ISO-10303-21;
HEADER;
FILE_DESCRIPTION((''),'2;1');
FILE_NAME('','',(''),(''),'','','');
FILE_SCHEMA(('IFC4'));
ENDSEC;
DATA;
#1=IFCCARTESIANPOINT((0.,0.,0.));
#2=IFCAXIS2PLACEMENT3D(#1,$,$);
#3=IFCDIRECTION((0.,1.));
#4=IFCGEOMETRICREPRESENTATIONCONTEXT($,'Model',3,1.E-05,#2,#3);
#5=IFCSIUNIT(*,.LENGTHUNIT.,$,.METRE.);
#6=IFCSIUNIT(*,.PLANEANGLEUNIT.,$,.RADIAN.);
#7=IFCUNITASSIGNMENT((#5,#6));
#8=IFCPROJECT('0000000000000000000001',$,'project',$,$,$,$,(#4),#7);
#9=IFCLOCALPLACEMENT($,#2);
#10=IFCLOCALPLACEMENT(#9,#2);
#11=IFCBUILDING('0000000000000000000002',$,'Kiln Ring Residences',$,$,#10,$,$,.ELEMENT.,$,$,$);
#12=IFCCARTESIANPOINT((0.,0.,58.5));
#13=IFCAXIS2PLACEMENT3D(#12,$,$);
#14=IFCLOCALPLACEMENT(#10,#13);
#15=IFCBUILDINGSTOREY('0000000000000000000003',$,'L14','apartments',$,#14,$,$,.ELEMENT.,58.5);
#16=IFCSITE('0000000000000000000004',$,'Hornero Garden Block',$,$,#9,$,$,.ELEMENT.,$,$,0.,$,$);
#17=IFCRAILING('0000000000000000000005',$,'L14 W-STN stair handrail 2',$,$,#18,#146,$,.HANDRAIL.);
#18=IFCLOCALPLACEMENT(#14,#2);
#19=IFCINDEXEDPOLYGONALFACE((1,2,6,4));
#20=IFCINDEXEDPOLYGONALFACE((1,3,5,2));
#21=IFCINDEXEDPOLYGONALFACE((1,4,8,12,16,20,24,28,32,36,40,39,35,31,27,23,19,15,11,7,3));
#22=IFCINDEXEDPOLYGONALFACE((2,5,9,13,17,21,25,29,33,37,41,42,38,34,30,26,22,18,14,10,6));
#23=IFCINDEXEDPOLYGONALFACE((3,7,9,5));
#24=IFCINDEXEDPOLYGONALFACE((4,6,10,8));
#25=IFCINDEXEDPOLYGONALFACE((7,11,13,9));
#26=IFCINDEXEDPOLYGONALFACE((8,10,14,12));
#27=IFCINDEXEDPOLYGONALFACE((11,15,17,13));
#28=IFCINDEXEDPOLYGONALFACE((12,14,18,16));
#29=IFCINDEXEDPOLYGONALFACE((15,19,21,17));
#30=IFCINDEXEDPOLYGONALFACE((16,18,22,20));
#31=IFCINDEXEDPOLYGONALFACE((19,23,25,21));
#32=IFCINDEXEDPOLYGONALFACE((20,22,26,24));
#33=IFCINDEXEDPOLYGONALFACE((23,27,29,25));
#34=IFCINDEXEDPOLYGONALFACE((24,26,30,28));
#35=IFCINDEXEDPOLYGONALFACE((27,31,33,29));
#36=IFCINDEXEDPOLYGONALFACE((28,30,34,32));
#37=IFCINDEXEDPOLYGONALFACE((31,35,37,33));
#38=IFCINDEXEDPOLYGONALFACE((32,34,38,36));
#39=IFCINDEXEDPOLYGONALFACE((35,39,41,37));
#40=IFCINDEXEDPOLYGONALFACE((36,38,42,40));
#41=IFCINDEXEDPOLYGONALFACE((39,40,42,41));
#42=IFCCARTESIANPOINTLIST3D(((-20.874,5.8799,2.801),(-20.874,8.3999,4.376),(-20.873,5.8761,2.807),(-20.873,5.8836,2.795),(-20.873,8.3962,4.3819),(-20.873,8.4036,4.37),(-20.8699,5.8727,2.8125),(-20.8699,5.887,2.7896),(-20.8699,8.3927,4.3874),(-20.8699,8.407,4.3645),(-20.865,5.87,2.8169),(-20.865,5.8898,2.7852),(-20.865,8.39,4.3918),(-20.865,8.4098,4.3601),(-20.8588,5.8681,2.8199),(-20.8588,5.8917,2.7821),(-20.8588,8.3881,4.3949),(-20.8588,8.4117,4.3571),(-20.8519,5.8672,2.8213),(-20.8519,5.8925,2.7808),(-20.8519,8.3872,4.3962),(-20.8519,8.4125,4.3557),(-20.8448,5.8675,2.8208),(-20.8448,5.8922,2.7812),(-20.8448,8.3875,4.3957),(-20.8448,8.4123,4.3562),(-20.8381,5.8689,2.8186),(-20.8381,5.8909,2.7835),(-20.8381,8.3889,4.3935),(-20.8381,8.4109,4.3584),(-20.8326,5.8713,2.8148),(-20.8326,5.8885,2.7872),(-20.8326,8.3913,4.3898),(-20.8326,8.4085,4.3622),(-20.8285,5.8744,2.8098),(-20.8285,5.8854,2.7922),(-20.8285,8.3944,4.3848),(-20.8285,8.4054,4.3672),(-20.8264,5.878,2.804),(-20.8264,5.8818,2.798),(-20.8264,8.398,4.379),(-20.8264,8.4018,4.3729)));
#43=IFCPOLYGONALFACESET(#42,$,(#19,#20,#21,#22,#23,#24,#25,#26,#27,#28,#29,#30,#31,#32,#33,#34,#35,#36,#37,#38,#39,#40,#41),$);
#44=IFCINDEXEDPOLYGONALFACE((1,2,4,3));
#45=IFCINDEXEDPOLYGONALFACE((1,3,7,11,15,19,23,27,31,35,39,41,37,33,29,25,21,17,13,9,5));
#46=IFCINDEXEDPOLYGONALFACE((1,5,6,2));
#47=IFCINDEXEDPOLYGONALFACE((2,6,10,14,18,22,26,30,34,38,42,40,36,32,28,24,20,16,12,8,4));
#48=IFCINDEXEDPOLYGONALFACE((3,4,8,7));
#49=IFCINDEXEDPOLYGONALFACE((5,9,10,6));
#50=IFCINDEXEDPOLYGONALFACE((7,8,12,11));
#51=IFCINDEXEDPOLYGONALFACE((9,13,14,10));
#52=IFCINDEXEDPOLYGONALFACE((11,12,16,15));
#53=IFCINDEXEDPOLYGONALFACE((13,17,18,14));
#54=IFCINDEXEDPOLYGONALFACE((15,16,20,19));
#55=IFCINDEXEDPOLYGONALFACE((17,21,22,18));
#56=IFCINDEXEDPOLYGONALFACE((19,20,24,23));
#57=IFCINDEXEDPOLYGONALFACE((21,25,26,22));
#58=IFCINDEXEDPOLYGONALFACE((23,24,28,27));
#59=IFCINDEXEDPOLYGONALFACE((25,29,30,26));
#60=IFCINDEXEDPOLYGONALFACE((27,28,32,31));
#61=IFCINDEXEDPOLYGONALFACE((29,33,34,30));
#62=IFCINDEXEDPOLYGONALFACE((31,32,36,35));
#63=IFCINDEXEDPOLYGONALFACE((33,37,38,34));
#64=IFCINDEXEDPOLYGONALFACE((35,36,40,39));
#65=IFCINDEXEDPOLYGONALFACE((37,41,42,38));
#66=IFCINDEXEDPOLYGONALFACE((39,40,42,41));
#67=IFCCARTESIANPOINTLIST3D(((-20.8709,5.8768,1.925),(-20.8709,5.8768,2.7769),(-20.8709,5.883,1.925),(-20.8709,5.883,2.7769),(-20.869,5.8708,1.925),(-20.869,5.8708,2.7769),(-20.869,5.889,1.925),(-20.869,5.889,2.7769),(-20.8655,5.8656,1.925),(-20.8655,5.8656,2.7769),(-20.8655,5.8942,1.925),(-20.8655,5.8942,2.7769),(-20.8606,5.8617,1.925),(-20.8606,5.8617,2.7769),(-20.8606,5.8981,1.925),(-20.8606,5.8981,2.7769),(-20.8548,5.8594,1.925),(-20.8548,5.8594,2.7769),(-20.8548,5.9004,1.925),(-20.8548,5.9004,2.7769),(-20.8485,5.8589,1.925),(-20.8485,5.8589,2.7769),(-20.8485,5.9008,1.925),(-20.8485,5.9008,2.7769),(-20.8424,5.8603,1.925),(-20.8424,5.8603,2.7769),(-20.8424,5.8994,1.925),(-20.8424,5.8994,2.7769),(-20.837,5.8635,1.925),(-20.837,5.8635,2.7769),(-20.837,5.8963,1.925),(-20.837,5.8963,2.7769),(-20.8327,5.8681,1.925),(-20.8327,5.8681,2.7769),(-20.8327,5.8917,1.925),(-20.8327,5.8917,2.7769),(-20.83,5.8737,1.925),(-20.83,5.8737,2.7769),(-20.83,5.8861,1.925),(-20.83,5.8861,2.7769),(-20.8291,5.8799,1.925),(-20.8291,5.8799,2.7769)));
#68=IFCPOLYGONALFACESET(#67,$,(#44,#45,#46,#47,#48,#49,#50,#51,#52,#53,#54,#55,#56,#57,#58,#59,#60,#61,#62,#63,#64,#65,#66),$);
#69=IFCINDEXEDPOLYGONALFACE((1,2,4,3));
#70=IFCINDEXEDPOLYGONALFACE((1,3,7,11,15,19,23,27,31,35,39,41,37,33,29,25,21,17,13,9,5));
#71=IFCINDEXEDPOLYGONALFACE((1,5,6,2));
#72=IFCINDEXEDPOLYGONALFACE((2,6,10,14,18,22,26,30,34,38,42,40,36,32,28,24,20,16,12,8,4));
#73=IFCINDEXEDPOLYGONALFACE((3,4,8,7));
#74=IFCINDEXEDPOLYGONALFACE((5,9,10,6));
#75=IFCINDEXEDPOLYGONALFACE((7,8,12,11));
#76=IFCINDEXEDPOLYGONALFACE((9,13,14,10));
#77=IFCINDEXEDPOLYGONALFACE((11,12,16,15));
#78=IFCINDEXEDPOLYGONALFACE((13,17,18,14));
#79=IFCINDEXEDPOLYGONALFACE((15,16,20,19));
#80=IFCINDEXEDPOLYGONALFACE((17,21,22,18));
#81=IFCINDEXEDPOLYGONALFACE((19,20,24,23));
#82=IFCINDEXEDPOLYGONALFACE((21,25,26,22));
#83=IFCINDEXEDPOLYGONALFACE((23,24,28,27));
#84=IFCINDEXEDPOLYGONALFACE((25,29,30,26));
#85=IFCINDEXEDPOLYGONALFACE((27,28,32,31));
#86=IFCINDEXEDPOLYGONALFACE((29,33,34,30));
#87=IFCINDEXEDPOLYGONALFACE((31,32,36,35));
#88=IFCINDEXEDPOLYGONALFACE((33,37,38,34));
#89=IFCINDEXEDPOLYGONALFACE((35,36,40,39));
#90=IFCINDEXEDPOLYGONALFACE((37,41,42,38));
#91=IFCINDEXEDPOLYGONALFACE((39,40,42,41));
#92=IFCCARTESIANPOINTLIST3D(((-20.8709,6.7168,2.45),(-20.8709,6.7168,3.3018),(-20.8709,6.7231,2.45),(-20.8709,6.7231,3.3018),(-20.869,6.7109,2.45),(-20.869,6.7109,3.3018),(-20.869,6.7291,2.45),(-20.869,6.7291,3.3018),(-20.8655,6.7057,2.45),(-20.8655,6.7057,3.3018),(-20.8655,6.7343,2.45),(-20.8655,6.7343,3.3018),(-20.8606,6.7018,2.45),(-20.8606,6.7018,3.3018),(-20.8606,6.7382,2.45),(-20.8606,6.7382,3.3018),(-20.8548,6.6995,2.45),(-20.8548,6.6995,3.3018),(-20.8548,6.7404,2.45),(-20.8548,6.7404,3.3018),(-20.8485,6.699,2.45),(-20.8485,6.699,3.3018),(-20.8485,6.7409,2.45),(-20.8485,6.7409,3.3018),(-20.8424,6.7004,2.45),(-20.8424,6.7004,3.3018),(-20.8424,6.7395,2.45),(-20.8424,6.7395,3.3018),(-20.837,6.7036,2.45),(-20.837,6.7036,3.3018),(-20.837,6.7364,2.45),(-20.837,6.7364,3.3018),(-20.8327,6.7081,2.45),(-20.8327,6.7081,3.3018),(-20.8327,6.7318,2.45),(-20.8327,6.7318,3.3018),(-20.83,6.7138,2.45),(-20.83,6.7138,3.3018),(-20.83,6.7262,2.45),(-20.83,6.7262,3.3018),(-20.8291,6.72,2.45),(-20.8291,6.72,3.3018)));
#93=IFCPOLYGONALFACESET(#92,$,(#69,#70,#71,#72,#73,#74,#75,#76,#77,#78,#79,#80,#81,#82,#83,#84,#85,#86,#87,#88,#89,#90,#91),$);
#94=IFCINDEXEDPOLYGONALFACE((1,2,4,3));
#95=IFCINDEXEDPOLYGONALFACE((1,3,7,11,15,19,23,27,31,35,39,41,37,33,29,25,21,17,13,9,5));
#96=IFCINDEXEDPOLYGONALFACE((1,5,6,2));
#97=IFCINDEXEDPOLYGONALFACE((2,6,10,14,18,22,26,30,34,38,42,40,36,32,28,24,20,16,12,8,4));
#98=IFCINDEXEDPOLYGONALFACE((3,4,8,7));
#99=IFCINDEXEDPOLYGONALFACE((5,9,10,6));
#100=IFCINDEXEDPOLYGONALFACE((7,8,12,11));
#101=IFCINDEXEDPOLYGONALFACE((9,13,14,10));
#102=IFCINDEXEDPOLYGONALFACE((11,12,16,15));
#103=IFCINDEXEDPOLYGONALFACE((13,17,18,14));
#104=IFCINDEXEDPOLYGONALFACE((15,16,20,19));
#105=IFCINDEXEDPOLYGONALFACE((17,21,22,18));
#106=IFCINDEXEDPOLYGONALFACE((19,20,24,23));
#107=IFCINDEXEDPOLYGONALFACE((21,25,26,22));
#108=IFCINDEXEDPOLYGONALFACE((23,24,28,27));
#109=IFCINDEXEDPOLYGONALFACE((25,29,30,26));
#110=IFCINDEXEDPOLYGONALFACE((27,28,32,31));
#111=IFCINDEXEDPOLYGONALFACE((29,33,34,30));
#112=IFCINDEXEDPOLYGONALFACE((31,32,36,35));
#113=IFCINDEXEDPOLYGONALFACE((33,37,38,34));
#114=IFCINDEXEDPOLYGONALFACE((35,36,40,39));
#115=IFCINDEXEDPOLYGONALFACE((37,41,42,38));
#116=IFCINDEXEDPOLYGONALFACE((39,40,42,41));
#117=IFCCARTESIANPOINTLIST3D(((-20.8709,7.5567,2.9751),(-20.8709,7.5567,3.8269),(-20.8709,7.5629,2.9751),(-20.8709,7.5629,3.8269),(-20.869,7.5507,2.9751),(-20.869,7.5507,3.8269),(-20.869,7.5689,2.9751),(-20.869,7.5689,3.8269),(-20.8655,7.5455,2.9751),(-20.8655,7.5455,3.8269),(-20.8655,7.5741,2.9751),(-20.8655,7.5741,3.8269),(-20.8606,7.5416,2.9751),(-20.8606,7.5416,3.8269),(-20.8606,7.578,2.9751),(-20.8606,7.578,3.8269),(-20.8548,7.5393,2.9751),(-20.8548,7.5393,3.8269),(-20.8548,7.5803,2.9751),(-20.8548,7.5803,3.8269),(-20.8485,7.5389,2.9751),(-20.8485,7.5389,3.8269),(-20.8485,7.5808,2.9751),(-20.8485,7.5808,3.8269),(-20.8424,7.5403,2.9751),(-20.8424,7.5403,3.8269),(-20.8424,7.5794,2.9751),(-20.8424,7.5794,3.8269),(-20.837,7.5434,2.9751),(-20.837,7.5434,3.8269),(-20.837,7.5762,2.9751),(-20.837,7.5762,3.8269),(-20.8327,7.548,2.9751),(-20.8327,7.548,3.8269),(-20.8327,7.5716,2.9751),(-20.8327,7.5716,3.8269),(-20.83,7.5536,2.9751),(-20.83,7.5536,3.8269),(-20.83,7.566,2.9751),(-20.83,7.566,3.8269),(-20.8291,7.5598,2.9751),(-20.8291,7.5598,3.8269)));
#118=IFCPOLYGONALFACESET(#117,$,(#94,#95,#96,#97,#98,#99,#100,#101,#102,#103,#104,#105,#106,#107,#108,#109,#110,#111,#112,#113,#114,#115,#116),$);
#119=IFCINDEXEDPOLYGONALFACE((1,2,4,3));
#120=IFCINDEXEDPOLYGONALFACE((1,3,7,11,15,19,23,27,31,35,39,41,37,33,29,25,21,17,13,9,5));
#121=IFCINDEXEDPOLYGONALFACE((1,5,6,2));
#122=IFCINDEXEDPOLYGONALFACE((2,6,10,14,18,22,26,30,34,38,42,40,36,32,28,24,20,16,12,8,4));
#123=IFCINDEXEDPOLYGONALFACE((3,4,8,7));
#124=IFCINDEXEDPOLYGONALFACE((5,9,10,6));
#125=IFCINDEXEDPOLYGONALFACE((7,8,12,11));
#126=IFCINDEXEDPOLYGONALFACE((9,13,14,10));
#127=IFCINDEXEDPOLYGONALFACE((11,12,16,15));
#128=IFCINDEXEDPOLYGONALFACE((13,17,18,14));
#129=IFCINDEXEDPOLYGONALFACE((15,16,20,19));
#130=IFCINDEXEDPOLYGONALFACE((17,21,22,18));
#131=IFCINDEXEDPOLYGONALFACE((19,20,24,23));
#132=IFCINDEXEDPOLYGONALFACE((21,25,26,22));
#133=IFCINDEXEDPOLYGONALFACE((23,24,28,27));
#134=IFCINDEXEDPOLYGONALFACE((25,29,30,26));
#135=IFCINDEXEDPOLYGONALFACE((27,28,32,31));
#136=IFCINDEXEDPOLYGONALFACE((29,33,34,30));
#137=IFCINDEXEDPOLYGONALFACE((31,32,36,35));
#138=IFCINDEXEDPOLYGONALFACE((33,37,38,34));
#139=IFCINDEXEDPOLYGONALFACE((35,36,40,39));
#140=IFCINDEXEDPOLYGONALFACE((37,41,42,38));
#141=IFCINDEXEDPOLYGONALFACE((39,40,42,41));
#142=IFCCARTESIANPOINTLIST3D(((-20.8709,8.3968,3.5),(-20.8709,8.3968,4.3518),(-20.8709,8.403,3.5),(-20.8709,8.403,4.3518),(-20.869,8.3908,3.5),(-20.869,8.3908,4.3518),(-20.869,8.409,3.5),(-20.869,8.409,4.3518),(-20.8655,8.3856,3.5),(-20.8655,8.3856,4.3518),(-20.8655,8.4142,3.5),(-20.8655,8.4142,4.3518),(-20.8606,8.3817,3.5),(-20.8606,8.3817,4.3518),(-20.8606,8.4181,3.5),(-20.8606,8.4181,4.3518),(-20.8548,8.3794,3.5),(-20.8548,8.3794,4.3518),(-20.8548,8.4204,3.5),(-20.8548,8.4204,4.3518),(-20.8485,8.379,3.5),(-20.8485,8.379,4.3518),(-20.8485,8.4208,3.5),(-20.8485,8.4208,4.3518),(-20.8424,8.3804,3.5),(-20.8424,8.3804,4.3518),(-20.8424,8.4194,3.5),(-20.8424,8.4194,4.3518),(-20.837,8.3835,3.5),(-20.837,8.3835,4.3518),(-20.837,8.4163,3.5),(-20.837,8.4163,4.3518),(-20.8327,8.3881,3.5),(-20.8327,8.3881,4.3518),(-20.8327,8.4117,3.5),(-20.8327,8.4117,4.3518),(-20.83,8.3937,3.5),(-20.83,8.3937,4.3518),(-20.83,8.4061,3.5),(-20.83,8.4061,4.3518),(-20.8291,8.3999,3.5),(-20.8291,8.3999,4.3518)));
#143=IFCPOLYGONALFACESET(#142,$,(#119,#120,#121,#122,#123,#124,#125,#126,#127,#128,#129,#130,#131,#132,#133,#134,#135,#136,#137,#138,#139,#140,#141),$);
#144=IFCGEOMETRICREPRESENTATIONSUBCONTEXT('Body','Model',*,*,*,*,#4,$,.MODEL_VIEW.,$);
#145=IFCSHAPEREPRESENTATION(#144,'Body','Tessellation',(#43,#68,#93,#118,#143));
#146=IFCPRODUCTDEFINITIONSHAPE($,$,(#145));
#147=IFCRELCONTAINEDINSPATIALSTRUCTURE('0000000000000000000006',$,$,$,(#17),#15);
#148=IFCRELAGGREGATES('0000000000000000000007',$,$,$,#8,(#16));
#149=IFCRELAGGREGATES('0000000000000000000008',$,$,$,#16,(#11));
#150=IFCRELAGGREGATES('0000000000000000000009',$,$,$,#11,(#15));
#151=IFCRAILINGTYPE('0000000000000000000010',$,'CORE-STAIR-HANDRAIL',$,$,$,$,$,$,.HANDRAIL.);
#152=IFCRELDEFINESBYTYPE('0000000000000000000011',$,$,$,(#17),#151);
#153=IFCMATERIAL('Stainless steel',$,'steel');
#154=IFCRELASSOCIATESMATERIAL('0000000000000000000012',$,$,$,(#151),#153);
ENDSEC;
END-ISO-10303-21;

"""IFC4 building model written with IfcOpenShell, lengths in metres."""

from ifc_helpers import new_model, si_unit, direction, frame, origin, origin_2d, place, context, subcontext, project, spatial, circle, extrude, material, type_object, element, save


model = new_model("IFC4")

# Units and contexts
model_context = context("Model", 3, precision=1e-05, world=origin(), true_north=direction((0.0, 1.0)))
body_context = subcontext(model_context, "Body", "Model", "MODEL_VIEW")
ifc_project = project(units=[si_unit("LENGTHUNIT", "METRE"), si_unit("PLANEANGLEUNIT", "RADIAN")], contexts=[model_context])

# Site, building, storey
site_placement = place(None, origin())
site = spatial("IfcSite", under=ifc_project, at=site_placement, Name="Hornero Garden Block", CompositionType="ELEMENT", RefElevation=0.0)
building_placement = place(site_placement, origin())
building = spatial("IfcBuilding", under=site, at=building_placement, Name="Kiln Ring Residences", CompositionType="ELEMENT")
storey_placement = place(building_placement, frame((0.0, 0.0, 58.5)))
storey = spatial("IfcBuildingStorey", under=building, at=storey_placement, Name="L14", Description="apartments", CompositionType="ELEMENT", Elevation=58.5)

# Railing
ifc_material_1 = material(Name="Stainless steel", Category="steel")
railing_type_1 = type_object("IfcRailingType", Name="CORE-STAIR-HANDRAIL", PredefinedType="HANDRAIL", material=ifc_material_1)
railing_1_placement = place(storey_placement, frame((-20.8501, 5.8799, 1.925)))
element("IfcRailing", 1, at=railing_1_placement, inside=storey, type_object=railing_type_1, Name="L14 W-STN stair handrail 2", PredefinedType="HANDRAIL", context=body_context, shape_type="SweptSolid", body=[
    extrude(circle(Radius=0.0239, at=origin_2d()), frame((0.0, 0.0, 0.876), z_axis=(0.0, 0.848008, 0.529984), x_axis=(-1.0, 0.0, 0.0)), (0.0, 0.0, 1.0), 2.9717),
    extrude(circle(Radius=0.021, at=origin_2d()), origin(), (0.0, 0.0, 1.0), 0.8518),
    extrude(circle(Radius=0.021, at=origin_2d()), frame((0.0, 0.8401, 0.5249)), (0.0, 0.0, 1.0), 0.8518),
    extrude(circle(Radius=0.021, at=origin_2d()), frame((0.0, 1.6799, 1.05)), (0.0, 0.0, 1.0), 0.8518),
    extrude(circle(Radius=0.021, at=origin_2d()), frame((0.0, 2.52, 1.575)), (0.0, 0.0, 1.0), 0.8518),
])

save(model, "model.ifc")
